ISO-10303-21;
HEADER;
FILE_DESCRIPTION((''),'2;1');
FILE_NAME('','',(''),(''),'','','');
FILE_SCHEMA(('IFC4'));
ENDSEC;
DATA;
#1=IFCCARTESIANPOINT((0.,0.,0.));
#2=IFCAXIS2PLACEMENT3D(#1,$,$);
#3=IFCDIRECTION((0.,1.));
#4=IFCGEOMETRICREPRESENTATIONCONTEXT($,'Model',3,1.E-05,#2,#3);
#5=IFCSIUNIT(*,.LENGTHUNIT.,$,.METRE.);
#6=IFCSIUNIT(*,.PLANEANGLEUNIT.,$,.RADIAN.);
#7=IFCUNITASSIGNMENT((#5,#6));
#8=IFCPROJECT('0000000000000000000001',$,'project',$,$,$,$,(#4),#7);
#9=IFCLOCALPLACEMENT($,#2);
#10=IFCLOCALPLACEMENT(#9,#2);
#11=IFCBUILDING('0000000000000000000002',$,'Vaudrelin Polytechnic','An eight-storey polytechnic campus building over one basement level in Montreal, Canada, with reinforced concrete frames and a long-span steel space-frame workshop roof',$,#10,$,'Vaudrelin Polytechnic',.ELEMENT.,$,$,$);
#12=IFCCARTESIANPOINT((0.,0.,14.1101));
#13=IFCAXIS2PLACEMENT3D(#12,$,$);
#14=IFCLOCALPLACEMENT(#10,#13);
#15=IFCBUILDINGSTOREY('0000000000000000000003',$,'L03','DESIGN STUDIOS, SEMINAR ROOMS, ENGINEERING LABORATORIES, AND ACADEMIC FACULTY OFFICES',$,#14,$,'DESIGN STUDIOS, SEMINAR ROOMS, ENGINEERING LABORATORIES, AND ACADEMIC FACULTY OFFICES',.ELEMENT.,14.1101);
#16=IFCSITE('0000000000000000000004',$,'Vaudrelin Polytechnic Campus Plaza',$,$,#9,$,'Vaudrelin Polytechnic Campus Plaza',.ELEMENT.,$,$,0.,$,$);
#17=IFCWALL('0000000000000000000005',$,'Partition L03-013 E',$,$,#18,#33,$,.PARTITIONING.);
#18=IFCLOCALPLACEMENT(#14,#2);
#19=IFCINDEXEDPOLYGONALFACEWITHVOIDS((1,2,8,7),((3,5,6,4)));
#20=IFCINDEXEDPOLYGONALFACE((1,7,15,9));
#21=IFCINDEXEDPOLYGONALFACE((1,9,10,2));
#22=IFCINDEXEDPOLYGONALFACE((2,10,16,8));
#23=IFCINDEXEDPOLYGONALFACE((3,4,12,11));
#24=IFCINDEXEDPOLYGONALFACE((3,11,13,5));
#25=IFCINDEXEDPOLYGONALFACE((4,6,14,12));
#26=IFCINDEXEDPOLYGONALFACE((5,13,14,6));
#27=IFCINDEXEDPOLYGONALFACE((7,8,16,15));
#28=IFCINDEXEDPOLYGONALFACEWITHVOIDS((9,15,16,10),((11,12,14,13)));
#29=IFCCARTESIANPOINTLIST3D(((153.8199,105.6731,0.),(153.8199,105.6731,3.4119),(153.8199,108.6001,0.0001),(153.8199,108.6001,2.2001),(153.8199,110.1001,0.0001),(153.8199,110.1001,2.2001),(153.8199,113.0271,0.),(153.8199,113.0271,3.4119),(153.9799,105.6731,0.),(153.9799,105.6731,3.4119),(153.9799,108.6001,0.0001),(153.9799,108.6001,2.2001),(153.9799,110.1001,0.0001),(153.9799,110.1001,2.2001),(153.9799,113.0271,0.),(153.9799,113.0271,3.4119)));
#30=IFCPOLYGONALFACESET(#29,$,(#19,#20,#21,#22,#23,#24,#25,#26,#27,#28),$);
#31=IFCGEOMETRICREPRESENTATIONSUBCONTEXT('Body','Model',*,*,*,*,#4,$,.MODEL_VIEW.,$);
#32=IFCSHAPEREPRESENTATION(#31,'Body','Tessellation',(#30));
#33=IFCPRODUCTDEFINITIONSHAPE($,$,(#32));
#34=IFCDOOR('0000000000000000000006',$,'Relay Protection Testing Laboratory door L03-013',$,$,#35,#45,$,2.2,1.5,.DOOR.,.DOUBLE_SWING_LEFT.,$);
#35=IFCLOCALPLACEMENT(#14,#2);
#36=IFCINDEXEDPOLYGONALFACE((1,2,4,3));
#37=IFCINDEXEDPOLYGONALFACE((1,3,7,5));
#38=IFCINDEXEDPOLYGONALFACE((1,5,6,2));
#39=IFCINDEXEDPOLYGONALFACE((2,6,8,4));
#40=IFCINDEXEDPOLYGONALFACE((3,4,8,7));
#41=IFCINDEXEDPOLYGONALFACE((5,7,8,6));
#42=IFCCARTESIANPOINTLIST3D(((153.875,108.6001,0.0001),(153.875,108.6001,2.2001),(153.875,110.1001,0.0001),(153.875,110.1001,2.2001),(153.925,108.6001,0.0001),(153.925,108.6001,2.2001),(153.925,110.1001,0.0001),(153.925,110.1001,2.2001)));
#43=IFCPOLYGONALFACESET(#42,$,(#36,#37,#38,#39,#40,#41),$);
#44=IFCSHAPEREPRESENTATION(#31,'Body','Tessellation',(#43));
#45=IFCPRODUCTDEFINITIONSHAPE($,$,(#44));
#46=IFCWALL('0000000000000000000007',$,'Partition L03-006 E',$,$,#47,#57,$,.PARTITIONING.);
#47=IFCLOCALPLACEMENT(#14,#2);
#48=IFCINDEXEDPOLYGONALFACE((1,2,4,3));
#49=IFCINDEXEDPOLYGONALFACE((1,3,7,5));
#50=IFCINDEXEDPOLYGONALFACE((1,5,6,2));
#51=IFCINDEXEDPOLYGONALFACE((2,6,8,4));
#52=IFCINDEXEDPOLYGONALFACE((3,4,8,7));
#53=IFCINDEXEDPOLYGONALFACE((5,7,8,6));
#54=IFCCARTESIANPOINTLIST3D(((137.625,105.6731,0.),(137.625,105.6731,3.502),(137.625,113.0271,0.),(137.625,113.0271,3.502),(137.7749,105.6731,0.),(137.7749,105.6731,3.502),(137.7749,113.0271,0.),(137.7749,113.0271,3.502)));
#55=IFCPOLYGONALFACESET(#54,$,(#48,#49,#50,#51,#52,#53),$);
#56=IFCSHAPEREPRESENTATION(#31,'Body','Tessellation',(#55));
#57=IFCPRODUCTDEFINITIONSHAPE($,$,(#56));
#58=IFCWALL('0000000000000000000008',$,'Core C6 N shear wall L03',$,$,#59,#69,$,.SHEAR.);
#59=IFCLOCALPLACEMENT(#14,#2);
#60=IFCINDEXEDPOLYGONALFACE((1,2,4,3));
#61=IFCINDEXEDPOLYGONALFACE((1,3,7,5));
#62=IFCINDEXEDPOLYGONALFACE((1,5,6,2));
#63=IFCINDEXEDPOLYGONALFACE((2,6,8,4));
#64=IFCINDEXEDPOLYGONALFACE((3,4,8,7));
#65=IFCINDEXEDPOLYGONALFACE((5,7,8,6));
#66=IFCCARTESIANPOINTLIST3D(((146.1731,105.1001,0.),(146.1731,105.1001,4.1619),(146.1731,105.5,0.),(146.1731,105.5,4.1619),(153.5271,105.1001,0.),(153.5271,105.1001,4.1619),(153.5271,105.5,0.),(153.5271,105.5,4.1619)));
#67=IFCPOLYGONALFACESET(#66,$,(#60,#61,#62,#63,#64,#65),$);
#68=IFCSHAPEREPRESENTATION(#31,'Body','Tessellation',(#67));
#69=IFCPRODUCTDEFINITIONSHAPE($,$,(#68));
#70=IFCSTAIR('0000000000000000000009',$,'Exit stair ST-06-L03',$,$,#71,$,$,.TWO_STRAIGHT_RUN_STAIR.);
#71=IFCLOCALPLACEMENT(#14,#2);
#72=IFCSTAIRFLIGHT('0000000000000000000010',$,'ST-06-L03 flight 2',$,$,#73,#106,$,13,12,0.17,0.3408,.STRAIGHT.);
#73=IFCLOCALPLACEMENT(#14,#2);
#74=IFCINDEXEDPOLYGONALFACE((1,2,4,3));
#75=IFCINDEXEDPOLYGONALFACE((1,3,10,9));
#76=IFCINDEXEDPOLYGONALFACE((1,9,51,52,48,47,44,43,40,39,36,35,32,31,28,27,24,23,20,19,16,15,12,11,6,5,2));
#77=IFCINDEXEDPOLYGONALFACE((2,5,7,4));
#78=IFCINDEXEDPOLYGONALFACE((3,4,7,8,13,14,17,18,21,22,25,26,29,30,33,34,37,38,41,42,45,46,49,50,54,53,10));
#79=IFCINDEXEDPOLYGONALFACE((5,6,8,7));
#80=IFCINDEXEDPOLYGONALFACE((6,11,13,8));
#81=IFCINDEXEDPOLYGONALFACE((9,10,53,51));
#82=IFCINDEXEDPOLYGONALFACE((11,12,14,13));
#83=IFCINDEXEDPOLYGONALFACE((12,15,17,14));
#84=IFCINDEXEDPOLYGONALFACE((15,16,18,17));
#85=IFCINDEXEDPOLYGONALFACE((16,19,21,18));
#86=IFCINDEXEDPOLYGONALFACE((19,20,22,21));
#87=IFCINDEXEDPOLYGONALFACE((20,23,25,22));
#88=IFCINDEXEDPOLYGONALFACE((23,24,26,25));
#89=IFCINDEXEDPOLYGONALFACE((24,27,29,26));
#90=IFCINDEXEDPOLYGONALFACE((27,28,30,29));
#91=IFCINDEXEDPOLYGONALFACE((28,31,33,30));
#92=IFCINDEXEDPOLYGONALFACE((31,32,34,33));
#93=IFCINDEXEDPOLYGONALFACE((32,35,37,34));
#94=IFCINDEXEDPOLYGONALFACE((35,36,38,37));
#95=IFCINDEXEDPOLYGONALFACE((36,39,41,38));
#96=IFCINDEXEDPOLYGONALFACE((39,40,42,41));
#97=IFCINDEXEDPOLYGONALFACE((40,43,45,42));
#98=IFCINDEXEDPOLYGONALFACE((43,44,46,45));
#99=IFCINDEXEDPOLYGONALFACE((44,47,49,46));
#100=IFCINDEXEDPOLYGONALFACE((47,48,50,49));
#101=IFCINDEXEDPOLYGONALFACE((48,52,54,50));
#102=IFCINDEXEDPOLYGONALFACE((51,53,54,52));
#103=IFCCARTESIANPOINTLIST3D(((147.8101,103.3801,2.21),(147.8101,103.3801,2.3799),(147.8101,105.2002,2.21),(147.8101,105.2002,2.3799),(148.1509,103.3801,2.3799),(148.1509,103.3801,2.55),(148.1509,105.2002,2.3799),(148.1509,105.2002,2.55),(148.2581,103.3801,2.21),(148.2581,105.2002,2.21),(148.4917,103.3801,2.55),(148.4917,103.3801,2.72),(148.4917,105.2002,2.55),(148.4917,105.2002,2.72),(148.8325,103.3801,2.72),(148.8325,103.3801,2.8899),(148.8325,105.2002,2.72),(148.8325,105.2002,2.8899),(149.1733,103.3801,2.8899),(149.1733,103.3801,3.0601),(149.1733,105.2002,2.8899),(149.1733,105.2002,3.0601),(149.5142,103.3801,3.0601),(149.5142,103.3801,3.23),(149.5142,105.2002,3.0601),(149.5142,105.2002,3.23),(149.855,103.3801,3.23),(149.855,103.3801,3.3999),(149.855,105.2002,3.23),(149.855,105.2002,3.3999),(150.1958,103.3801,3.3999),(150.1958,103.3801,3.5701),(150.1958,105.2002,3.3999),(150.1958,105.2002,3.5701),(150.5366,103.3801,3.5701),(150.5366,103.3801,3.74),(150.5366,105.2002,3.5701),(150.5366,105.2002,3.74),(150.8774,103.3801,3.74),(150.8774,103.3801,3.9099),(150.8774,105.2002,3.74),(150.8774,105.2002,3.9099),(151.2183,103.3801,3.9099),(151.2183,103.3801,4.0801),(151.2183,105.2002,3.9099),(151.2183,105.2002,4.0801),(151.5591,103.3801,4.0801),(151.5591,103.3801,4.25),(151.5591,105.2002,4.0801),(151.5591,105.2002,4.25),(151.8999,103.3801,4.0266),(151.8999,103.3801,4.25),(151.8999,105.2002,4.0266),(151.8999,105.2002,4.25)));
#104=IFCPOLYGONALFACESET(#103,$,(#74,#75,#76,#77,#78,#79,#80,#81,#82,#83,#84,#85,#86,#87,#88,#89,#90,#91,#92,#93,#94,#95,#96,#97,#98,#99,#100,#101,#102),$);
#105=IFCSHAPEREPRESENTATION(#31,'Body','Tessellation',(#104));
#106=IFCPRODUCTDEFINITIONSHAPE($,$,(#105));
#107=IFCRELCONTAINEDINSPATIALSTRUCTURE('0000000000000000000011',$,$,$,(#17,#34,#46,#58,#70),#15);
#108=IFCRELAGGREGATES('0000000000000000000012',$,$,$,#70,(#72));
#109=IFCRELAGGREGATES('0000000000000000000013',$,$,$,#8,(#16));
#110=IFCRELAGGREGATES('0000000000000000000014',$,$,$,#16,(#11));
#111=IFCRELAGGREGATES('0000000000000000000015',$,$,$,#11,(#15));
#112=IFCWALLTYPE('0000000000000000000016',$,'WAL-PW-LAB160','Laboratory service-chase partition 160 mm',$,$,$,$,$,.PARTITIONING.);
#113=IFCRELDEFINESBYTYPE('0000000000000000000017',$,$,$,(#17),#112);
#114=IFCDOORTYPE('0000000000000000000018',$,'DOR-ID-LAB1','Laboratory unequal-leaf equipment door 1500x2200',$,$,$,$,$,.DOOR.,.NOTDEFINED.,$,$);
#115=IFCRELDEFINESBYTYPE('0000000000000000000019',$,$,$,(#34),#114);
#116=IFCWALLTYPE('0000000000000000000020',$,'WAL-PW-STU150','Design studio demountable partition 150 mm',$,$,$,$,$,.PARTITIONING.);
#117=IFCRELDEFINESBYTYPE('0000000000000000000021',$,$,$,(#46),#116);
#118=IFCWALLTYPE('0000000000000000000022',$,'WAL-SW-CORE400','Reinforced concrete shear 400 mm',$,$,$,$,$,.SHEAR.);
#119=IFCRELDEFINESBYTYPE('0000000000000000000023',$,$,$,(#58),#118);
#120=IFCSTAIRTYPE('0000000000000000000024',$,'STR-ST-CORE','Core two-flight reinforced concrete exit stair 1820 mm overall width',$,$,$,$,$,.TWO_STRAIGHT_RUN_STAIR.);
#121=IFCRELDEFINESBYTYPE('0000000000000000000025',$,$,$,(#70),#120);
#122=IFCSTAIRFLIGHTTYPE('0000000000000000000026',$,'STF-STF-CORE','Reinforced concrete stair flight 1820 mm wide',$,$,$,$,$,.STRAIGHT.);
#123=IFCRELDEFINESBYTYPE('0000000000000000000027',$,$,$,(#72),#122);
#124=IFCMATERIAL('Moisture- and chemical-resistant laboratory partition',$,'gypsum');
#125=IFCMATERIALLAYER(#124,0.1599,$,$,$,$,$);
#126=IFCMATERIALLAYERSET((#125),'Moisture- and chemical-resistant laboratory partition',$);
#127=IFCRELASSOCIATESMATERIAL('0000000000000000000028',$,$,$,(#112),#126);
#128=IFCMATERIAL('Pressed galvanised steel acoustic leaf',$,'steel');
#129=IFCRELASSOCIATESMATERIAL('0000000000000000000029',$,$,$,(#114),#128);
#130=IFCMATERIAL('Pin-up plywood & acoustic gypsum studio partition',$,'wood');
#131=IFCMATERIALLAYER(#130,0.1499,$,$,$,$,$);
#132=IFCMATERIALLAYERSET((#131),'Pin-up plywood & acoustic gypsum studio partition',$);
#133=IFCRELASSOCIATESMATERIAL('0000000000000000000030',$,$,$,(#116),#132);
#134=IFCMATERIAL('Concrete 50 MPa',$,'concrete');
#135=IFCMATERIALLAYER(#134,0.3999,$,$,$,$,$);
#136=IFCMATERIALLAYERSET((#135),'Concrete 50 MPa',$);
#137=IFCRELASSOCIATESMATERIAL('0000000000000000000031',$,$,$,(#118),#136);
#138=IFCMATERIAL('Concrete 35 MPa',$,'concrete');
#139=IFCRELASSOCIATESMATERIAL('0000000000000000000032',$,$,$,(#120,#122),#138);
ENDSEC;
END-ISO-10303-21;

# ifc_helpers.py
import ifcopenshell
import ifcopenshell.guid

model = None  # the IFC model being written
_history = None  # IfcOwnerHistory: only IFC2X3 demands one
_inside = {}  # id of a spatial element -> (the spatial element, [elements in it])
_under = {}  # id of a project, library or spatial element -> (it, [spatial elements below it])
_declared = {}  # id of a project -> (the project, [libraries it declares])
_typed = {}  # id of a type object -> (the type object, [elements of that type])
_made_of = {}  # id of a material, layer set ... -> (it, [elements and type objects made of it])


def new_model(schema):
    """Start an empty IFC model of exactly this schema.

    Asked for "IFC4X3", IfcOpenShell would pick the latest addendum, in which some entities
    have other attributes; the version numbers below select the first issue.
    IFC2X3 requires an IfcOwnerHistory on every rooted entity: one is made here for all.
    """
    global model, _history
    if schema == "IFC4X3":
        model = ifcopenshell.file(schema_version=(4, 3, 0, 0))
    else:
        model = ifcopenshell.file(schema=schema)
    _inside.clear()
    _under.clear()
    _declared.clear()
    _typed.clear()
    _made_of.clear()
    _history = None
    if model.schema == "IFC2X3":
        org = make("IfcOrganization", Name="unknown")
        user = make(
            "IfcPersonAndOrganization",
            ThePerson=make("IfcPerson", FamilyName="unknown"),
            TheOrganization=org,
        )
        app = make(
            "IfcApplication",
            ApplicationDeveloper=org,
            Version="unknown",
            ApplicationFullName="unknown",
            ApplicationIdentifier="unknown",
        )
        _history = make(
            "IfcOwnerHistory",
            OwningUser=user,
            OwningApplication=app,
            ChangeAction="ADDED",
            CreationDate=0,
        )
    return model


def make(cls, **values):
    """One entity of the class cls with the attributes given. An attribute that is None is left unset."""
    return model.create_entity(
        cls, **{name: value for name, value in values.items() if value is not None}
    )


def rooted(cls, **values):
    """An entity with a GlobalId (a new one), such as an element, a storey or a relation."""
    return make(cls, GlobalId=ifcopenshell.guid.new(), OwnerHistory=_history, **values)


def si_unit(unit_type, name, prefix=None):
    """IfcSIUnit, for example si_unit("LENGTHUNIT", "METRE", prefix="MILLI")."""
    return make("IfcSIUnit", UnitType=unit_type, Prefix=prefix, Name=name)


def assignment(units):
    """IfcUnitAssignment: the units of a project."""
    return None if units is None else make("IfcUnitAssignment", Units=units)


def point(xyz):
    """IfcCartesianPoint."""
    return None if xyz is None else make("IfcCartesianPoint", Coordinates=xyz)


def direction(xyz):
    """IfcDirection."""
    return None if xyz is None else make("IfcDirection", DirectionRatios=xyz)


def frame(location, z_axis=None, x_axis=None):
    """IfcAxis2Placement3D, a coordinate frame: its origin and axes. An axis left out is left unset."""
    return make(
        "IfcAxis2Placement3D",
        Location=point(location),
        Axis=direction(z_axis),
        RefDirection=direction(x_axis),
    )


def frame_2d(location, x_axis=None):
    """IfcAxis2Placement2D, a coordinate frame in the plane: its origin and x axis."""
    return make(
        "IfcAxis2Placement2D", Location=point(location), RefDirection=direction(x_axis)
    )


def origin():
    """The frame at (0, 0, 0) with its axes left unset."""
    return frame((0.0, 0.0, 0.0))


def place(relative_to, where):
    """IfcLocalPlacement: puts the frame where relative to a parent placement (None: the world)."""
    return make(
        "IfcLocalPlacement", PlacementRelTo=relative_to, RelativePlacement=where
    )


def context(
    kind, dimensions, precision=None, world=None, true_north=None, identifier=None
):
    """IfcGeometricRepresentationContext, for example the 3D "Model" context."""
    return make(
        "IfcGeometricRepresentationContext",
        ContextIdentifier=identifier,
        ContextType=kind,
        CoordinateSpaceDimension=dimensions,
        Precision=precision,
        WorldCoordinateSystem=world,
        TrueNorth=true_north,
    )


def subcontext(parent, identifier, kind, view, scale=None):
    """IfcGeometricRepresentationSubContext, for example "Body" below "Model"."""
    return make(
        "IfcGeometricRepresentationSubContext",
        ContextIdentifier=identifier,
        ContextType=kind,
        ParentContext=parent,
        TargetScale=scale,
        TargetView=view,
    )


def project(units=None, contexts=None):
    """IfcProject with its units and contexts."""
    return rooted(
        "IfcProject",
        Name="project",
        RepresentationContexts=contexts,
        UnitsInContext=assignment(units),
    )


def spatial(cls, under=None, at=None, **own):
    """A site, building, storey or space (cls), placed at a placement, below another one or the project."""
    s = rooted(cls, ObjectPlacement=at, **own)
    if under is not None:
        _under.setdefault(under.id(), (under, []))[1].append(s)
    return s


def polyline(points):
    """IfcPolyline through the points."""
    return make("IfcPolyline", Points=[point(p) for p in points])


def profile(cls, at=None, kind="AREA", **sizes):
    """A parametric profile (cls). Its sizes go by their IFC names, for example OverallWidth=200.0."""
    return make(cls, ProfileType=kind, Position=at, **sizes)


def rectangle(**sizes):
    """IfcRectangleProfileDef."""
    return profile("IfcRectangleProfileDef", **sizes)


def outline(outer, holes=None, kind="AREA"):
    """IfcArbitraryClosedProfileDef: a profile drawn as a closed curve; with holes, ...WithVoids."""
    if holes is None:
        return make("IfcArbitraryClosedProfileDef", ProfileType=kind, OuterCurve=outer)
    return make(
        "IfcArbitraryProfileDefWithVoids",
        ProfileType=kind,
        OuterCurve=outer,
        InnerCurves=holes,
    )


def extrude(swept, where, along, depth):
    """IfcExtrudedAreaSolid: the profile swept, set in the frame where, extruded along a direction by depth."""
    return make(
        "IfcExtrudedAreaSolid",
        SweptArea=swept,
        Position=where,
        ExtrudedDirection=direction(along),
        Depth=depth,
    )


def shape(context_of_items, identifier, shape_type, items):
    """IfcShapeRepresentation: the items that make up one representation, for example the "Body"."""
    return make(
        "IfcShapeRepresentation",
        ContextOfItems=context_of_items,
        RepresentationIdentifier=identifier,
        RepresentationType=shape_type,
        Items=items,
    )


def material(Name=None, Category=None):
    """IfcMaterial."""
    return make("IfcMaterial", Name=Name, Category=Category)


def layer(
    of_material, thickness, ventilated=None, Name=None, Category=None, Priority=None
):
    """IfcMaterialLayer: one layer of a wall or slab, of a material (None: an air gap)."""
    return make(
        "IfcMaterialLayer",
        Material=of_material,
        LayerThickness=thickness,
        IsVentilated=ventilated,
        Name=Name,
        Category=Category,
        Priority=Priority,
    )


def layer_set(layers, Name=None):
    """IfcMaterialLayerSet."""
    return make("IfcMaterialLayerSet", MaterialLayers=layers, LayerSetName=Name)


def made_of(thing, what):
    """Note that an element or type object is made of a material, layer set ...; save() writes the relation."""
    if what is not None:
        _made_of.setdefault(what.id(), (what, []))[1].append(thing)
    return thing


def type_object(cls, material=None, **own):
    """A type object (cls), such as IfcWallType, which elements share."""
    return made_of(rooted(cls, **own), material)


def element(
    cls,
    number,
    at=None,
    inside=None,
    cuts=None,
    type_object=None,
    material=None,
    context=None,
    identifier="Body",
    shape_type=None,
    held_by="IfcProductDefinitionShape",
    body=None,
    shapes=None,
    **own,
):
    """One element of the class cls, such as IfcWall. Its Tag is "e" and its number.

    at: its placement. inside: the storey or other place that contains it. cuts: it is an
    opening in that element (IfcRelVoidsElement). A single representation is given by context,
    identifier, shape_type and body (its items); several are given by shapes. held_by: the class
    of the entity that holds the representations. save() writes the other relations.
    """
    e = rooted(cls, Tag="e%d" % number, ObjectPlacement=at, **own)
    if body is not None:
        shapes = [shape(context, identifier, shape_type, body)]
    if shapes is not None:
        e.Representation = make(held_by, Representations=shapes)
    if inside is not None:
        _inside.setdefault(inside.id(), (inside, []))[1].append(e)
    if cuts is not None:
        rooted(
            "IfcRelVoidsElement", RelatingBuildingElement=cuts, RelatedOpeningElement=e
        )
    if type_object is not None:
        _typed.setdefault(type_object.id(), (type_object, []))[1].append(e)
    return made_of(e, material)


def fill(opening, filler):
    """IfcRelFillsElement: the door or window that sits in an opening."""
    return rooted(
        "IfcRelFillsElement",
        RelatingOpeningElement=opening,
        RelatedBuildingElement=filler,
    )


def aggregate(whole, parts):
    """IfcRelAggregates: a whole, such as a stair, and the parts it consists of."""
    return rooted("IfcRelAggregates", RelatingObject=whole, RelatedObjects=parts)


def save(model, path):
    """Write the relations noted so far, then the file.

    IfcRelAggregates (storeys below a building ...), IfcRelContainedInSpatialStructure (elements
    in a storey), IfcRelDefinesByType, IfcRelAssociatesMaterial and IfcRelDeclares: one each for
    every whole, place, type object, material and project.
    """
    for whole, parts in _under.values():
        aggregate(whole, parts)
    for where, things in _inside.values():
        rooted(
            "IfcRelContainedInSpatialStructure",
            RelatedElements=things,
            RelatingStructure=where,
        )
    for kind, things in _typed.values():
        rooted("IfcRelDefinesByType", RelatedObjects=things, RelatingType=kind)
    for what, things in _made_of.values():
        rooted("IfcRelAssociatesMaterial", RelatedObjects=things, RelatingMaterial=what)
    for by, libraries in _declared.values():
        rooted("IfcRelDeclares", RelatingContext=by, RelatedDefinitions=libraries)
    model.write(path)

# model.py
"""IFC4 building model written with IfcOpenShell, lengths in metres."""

from ifc_helpers import new_model, si_unit, direction, frame, frame_2d, origin, place, context, subcontext, project, spatial, polyline, rectangle, outline, extrude, material, layer, layer_set, type_object, element, fill, aggregate, save


model = new_model("IFC4")

# Units and contexts
model_context = context("Model", 3, precision=1e-05, world=origin(), true_north=direction((0.0, 1.0)))
body_context = subcontext(model_context, "Body", "Model", "MODEL_VIEW")
ifc_project = project(units=[si_unit("LENGTHUNIT", "METRE"), si_unit("PLANEANGLEUNIT", "RADIAN")], contexts=[model_context])

# Site, building, storey
site_placement = place(None, origin())
site = spatial("IfcSite", under=ifc_project, at=site_placement, Name="Vaudrelin Polytechnic Campus Plaza", LongName="Vaudrelin Polytechnic Campus Plaza", CompositionType="ELEMENT", RefElevation=0.0)
building_placement = place(site_placement, origin())
building = spatial("IfcBuilding", under=site, at=building_placement, Name="Vaudrelin Polytechnic", Description="An eight-storey polytechnic campus building over one basement level in Montreal, Canada, with reinforced concrete frames and a long-span steel space-frame workshop roof", LongName="Vaudrelin Polytechnic", CompositionType="ELEMENT")
storey_placement = place(building_placement, frame((0.0, 0.0, 14.1101)))
storey = spatial("IfcBuildingStorey", under=building, at=storey_placement, Name="L03", Description="DESIGN STUDIOS, SEMINAR ROOMS, ENGINEERING LABORATORIES, AND ACADEMIC FACULTY OFFICES", LongName="DESIGN STUDIOS, SEMINAR ROOMS, ENGINEERING LABORATORIES, AND ACADEMIC FACULTY OFFICES", CompositionType="ELEMENT", Elevation=14.1101)

# Shared definitions
ifc_material_1 = material(Name="Concrete 50 MPa", Category="concrete")

# Wall, opening, door
ifc_material_2 = material(Name="Moisture- and chemical-resistant laboratory partition", Category="gypsum")
ifc_layer_1 = layer(ifc_material_2, 0.1599)
ifc_layer_set_1 = layer_set([ifc_layer_1], Name="Moisture- and chemical-resistant laboratory partition")
wall_type_1 = type_object("IfcWallType", Name="WAL-PW-LAB160", Description="Laboratory service-chase partition 160 mm", PredefinedType="PARTITIONING", material=ifc_layer_set_1)
ifc_material_3 = material(Name="Pressed galvanised steel acoustic leaf", Category="steel")
wall_1_placement = place(storey_placement, frame((153.8999, 105.6731, 0.0), z_axis=(0.0, 0.0, 1.0), x_axis=(0.0, 1.0, 0.0)))
wall_1 = element("IfcWall", 1, at=wall_1_placement, inside=storey, type_object=wall_type_1, Name="Partition L03-013 E", PredefinedType="PARTITIONING", context=body_context, shape_type="SweptSolid", body=[
    extrude(rectangle(XDim=7.354, YDim=0.1599, at=frame_2d((3.677, 0.0))), origin(), (0.0, 0.0, 1.0), 3.4119),
])
opening_1_placement = place(wall_1_placement, frame((2.927, 0.0, 0.0)))
opening_1 = element("IfcOpeningElement", 2, at=opening_1_placement, cuts=wall_1, PredefinedType="OPENING", context=body_context, shape_type="SweptSolid", body=[
    extrude(rectangle(XDim=1.5, YDim=2.2, at=frame_2d((0.75, 1.1001))), frame((0.0, 0.0898, 0.0), z_axis=(0.0, -1.0, 0.0), x_axis=(1.0, 0.0, 0.0)), (0.0, 0.0, 1.0), 0.1799),
])
door_type_1 = type_object("IfcDoorType", Name="DOR-ID-LAB1", Description="Laboratory unequal-leaf equipment door 1500x2200", OperationType="NOTDEFINED", PredefinedType="DOOR", material=ifc_material_3)
door_1_placement = place(opening_1_placement, origin())
door_1 = element("IfcDoor", 3, at=door_1_placement, inside=storey, type_object=door_type_1, Name="Relay Protection Testing Laboratory door L03-013", OperationType="DOUBLE_SWING_LEFT", OverallHeight=2.2, OverallWidth=1.5, PredefinedType="DOOR", context=body_context, shape_type="SweptSolid", body=[
    extrude(rectangle(XDim=1.5, YDim=2.2, at=frame_2d((0.75, 1.1001))), frame((0.0, 0.0249, 0.0), z_axis=(0.0, -1.0, 0.0), x_axis=(1.0, 0.0, 0.0)), (0.0, 0.0, 1.0), 0.05),
])
fill(opening_1, door_1)

# Walls
ifc_material_4 = material(Name="Pin-up plywood & acoustic gypsum studio partition", Category="wood")
ifc_layer_2 = layer(ifc_material_4, 0.1499)
ifc_layer_set_2 = layer_set([ifc_layer_2], Name="Pin-up plywood & acoustic gypsum studio partition")
wall_type_2 = type_object("IfcWallType", Name="WAL-PW-STU150", Description="Design studio demountable partition 150 mm", PredefinedType="PARTITIONING", material=ifc_layer_set_2)
wall_2_placement = place(storey_placement, frame((137.7, 105.6731, 0.0), z_axis=(0.0, 0.0, 1.0), x_axis=(0.0, 1.0, 0.0)))
element("IfcWall", 4, at=wall_2_placement, inside=storey, type_object=wall_type_2, Name="Partition L03-006 E", PredefinedType="PARTITIONING", context=body_context, shape_type="SweptSolid", body=[
    extrude(rectangle(XDim=7.354, YDim=0.1499, at=frame_2d((3.677, 0.0))), origin(), (0.0, 0.0, 1.0), 3.502),
])
ifc_layer_3 = layer(ifc_material_1, 0.3999)
ifc_layer_set_3 = layer_set([ifc_layer_3], Name="Concrete 50 MPa")
wall_type_3 = type_object("IfcWallType", Name="WAL-SW-CORE400", Description="Reinforced concrete shear 400 mm", PredefinedType="SHEAR", material=ifc_layer_set_3)
wall_3_placement = place(storey_placement, frame((146.1731, 105.3, 0.0), z_axis=(0.0, 0.0, 1.0), x_axis=(1.0, 0.0, 0.0)))
element("IfcWall", 5, at=wall_3_placement, inside=storey, type_object=wall_type_3, Name="Core C6 N shear wall L03", PredefinedType="SHEAR", context=body_context, shape_type="SweptSolid", body=[
    extrude(rectangle(XDim=7.354, YDim=0.3999, at=frame_2d((3.677, 0.0))), origin(), (0.0, 0.0, 1.0), 4.1619),
])

# Stair, stair flight
ifc_material_5 = material(Name="Concrete 35 MPa", Category="concrete")
stair_type = type_object("IfcStairType", Name="STR-ST-CORE", Description="Core two-flight reinforced concrete exit stair 1820 mm overall width", PredefinedType="TWO_STRAIGHT_RUN_STAIR", material=ifc_material_5)
stair_placement = place(storey_placement, origin())
stair = element("IfcStair", 6, at=stair_placement, inside=storey, type_object=stair_type, Name="Exit stair ST-06-L03", PredefinedType="TWO_STRAIGHT_RUN_STAIR")
stair_flight_type = type_object("IfcStairFlightType", Name="STF-STF-CORE", Description="Reinforced concrete stair flight 1820 mm wide", PredefinedType="STRAIGHT", material=ifc_material_5)
stair_flight_placement = place(storey_placement, frame((147.8101, 104.29, 2.21), z_axis=(0.0, 0.0, 1.0), x_axis=(1.0, 0.0, 0.0)))
stair_flight = element("IfcStairFlight", 7, at=stair_flight_placement, type_object=stair_flight_type, Name="ST-06-L03 flight 2", NumberOfRisers=13, NumberOfTreads=12, PredefinedType="STRAIGHT", RiserHeight=0.17, TreadLength=0.3408, context=body_context, shape_type="SweptSolid", body=[
    extrude(outline(polyline([(0.0, 0.0), (0.0, 0.1699), (0.3408, 0.1699), (0.3408, 0.3401), (0.6816, 0.3401), (0.6816, 0.51), (1.0225, 0.51), (1.0225, 0.6799), (1.3633, 0.6799), (1.3633, 0.8501), (1.7041, 0.8501), (1.7041, 1.02), (2.0449, 1.02), (2.0449, 1.1899), (2.3857, 1.1899), (2.3857, 1.3601), (2.7266, 1.3601), (2.7266, 1.53), (3.0674, 1.53), (3.0674, 1.7), (3.4082, 1.7), (3.4082, 1.8701), (3.749, 1.8701), (3.749, 2.04), (4.0898, 2.04), (4.0898, 2.21), (4.0898, 1.8167), (0.448, 0.0), (0.0, 0.0)])), frame((0.0, 0.9102, 0.0), z_axis=(0.0, -1.0, 0.0), x_axis=(1.0, 0.0, 0.0)), (0.0, 0.0, 1.0), 1.8201),
])
aggregate(stair, [stair_flight])

save(model, "model.ifc")
